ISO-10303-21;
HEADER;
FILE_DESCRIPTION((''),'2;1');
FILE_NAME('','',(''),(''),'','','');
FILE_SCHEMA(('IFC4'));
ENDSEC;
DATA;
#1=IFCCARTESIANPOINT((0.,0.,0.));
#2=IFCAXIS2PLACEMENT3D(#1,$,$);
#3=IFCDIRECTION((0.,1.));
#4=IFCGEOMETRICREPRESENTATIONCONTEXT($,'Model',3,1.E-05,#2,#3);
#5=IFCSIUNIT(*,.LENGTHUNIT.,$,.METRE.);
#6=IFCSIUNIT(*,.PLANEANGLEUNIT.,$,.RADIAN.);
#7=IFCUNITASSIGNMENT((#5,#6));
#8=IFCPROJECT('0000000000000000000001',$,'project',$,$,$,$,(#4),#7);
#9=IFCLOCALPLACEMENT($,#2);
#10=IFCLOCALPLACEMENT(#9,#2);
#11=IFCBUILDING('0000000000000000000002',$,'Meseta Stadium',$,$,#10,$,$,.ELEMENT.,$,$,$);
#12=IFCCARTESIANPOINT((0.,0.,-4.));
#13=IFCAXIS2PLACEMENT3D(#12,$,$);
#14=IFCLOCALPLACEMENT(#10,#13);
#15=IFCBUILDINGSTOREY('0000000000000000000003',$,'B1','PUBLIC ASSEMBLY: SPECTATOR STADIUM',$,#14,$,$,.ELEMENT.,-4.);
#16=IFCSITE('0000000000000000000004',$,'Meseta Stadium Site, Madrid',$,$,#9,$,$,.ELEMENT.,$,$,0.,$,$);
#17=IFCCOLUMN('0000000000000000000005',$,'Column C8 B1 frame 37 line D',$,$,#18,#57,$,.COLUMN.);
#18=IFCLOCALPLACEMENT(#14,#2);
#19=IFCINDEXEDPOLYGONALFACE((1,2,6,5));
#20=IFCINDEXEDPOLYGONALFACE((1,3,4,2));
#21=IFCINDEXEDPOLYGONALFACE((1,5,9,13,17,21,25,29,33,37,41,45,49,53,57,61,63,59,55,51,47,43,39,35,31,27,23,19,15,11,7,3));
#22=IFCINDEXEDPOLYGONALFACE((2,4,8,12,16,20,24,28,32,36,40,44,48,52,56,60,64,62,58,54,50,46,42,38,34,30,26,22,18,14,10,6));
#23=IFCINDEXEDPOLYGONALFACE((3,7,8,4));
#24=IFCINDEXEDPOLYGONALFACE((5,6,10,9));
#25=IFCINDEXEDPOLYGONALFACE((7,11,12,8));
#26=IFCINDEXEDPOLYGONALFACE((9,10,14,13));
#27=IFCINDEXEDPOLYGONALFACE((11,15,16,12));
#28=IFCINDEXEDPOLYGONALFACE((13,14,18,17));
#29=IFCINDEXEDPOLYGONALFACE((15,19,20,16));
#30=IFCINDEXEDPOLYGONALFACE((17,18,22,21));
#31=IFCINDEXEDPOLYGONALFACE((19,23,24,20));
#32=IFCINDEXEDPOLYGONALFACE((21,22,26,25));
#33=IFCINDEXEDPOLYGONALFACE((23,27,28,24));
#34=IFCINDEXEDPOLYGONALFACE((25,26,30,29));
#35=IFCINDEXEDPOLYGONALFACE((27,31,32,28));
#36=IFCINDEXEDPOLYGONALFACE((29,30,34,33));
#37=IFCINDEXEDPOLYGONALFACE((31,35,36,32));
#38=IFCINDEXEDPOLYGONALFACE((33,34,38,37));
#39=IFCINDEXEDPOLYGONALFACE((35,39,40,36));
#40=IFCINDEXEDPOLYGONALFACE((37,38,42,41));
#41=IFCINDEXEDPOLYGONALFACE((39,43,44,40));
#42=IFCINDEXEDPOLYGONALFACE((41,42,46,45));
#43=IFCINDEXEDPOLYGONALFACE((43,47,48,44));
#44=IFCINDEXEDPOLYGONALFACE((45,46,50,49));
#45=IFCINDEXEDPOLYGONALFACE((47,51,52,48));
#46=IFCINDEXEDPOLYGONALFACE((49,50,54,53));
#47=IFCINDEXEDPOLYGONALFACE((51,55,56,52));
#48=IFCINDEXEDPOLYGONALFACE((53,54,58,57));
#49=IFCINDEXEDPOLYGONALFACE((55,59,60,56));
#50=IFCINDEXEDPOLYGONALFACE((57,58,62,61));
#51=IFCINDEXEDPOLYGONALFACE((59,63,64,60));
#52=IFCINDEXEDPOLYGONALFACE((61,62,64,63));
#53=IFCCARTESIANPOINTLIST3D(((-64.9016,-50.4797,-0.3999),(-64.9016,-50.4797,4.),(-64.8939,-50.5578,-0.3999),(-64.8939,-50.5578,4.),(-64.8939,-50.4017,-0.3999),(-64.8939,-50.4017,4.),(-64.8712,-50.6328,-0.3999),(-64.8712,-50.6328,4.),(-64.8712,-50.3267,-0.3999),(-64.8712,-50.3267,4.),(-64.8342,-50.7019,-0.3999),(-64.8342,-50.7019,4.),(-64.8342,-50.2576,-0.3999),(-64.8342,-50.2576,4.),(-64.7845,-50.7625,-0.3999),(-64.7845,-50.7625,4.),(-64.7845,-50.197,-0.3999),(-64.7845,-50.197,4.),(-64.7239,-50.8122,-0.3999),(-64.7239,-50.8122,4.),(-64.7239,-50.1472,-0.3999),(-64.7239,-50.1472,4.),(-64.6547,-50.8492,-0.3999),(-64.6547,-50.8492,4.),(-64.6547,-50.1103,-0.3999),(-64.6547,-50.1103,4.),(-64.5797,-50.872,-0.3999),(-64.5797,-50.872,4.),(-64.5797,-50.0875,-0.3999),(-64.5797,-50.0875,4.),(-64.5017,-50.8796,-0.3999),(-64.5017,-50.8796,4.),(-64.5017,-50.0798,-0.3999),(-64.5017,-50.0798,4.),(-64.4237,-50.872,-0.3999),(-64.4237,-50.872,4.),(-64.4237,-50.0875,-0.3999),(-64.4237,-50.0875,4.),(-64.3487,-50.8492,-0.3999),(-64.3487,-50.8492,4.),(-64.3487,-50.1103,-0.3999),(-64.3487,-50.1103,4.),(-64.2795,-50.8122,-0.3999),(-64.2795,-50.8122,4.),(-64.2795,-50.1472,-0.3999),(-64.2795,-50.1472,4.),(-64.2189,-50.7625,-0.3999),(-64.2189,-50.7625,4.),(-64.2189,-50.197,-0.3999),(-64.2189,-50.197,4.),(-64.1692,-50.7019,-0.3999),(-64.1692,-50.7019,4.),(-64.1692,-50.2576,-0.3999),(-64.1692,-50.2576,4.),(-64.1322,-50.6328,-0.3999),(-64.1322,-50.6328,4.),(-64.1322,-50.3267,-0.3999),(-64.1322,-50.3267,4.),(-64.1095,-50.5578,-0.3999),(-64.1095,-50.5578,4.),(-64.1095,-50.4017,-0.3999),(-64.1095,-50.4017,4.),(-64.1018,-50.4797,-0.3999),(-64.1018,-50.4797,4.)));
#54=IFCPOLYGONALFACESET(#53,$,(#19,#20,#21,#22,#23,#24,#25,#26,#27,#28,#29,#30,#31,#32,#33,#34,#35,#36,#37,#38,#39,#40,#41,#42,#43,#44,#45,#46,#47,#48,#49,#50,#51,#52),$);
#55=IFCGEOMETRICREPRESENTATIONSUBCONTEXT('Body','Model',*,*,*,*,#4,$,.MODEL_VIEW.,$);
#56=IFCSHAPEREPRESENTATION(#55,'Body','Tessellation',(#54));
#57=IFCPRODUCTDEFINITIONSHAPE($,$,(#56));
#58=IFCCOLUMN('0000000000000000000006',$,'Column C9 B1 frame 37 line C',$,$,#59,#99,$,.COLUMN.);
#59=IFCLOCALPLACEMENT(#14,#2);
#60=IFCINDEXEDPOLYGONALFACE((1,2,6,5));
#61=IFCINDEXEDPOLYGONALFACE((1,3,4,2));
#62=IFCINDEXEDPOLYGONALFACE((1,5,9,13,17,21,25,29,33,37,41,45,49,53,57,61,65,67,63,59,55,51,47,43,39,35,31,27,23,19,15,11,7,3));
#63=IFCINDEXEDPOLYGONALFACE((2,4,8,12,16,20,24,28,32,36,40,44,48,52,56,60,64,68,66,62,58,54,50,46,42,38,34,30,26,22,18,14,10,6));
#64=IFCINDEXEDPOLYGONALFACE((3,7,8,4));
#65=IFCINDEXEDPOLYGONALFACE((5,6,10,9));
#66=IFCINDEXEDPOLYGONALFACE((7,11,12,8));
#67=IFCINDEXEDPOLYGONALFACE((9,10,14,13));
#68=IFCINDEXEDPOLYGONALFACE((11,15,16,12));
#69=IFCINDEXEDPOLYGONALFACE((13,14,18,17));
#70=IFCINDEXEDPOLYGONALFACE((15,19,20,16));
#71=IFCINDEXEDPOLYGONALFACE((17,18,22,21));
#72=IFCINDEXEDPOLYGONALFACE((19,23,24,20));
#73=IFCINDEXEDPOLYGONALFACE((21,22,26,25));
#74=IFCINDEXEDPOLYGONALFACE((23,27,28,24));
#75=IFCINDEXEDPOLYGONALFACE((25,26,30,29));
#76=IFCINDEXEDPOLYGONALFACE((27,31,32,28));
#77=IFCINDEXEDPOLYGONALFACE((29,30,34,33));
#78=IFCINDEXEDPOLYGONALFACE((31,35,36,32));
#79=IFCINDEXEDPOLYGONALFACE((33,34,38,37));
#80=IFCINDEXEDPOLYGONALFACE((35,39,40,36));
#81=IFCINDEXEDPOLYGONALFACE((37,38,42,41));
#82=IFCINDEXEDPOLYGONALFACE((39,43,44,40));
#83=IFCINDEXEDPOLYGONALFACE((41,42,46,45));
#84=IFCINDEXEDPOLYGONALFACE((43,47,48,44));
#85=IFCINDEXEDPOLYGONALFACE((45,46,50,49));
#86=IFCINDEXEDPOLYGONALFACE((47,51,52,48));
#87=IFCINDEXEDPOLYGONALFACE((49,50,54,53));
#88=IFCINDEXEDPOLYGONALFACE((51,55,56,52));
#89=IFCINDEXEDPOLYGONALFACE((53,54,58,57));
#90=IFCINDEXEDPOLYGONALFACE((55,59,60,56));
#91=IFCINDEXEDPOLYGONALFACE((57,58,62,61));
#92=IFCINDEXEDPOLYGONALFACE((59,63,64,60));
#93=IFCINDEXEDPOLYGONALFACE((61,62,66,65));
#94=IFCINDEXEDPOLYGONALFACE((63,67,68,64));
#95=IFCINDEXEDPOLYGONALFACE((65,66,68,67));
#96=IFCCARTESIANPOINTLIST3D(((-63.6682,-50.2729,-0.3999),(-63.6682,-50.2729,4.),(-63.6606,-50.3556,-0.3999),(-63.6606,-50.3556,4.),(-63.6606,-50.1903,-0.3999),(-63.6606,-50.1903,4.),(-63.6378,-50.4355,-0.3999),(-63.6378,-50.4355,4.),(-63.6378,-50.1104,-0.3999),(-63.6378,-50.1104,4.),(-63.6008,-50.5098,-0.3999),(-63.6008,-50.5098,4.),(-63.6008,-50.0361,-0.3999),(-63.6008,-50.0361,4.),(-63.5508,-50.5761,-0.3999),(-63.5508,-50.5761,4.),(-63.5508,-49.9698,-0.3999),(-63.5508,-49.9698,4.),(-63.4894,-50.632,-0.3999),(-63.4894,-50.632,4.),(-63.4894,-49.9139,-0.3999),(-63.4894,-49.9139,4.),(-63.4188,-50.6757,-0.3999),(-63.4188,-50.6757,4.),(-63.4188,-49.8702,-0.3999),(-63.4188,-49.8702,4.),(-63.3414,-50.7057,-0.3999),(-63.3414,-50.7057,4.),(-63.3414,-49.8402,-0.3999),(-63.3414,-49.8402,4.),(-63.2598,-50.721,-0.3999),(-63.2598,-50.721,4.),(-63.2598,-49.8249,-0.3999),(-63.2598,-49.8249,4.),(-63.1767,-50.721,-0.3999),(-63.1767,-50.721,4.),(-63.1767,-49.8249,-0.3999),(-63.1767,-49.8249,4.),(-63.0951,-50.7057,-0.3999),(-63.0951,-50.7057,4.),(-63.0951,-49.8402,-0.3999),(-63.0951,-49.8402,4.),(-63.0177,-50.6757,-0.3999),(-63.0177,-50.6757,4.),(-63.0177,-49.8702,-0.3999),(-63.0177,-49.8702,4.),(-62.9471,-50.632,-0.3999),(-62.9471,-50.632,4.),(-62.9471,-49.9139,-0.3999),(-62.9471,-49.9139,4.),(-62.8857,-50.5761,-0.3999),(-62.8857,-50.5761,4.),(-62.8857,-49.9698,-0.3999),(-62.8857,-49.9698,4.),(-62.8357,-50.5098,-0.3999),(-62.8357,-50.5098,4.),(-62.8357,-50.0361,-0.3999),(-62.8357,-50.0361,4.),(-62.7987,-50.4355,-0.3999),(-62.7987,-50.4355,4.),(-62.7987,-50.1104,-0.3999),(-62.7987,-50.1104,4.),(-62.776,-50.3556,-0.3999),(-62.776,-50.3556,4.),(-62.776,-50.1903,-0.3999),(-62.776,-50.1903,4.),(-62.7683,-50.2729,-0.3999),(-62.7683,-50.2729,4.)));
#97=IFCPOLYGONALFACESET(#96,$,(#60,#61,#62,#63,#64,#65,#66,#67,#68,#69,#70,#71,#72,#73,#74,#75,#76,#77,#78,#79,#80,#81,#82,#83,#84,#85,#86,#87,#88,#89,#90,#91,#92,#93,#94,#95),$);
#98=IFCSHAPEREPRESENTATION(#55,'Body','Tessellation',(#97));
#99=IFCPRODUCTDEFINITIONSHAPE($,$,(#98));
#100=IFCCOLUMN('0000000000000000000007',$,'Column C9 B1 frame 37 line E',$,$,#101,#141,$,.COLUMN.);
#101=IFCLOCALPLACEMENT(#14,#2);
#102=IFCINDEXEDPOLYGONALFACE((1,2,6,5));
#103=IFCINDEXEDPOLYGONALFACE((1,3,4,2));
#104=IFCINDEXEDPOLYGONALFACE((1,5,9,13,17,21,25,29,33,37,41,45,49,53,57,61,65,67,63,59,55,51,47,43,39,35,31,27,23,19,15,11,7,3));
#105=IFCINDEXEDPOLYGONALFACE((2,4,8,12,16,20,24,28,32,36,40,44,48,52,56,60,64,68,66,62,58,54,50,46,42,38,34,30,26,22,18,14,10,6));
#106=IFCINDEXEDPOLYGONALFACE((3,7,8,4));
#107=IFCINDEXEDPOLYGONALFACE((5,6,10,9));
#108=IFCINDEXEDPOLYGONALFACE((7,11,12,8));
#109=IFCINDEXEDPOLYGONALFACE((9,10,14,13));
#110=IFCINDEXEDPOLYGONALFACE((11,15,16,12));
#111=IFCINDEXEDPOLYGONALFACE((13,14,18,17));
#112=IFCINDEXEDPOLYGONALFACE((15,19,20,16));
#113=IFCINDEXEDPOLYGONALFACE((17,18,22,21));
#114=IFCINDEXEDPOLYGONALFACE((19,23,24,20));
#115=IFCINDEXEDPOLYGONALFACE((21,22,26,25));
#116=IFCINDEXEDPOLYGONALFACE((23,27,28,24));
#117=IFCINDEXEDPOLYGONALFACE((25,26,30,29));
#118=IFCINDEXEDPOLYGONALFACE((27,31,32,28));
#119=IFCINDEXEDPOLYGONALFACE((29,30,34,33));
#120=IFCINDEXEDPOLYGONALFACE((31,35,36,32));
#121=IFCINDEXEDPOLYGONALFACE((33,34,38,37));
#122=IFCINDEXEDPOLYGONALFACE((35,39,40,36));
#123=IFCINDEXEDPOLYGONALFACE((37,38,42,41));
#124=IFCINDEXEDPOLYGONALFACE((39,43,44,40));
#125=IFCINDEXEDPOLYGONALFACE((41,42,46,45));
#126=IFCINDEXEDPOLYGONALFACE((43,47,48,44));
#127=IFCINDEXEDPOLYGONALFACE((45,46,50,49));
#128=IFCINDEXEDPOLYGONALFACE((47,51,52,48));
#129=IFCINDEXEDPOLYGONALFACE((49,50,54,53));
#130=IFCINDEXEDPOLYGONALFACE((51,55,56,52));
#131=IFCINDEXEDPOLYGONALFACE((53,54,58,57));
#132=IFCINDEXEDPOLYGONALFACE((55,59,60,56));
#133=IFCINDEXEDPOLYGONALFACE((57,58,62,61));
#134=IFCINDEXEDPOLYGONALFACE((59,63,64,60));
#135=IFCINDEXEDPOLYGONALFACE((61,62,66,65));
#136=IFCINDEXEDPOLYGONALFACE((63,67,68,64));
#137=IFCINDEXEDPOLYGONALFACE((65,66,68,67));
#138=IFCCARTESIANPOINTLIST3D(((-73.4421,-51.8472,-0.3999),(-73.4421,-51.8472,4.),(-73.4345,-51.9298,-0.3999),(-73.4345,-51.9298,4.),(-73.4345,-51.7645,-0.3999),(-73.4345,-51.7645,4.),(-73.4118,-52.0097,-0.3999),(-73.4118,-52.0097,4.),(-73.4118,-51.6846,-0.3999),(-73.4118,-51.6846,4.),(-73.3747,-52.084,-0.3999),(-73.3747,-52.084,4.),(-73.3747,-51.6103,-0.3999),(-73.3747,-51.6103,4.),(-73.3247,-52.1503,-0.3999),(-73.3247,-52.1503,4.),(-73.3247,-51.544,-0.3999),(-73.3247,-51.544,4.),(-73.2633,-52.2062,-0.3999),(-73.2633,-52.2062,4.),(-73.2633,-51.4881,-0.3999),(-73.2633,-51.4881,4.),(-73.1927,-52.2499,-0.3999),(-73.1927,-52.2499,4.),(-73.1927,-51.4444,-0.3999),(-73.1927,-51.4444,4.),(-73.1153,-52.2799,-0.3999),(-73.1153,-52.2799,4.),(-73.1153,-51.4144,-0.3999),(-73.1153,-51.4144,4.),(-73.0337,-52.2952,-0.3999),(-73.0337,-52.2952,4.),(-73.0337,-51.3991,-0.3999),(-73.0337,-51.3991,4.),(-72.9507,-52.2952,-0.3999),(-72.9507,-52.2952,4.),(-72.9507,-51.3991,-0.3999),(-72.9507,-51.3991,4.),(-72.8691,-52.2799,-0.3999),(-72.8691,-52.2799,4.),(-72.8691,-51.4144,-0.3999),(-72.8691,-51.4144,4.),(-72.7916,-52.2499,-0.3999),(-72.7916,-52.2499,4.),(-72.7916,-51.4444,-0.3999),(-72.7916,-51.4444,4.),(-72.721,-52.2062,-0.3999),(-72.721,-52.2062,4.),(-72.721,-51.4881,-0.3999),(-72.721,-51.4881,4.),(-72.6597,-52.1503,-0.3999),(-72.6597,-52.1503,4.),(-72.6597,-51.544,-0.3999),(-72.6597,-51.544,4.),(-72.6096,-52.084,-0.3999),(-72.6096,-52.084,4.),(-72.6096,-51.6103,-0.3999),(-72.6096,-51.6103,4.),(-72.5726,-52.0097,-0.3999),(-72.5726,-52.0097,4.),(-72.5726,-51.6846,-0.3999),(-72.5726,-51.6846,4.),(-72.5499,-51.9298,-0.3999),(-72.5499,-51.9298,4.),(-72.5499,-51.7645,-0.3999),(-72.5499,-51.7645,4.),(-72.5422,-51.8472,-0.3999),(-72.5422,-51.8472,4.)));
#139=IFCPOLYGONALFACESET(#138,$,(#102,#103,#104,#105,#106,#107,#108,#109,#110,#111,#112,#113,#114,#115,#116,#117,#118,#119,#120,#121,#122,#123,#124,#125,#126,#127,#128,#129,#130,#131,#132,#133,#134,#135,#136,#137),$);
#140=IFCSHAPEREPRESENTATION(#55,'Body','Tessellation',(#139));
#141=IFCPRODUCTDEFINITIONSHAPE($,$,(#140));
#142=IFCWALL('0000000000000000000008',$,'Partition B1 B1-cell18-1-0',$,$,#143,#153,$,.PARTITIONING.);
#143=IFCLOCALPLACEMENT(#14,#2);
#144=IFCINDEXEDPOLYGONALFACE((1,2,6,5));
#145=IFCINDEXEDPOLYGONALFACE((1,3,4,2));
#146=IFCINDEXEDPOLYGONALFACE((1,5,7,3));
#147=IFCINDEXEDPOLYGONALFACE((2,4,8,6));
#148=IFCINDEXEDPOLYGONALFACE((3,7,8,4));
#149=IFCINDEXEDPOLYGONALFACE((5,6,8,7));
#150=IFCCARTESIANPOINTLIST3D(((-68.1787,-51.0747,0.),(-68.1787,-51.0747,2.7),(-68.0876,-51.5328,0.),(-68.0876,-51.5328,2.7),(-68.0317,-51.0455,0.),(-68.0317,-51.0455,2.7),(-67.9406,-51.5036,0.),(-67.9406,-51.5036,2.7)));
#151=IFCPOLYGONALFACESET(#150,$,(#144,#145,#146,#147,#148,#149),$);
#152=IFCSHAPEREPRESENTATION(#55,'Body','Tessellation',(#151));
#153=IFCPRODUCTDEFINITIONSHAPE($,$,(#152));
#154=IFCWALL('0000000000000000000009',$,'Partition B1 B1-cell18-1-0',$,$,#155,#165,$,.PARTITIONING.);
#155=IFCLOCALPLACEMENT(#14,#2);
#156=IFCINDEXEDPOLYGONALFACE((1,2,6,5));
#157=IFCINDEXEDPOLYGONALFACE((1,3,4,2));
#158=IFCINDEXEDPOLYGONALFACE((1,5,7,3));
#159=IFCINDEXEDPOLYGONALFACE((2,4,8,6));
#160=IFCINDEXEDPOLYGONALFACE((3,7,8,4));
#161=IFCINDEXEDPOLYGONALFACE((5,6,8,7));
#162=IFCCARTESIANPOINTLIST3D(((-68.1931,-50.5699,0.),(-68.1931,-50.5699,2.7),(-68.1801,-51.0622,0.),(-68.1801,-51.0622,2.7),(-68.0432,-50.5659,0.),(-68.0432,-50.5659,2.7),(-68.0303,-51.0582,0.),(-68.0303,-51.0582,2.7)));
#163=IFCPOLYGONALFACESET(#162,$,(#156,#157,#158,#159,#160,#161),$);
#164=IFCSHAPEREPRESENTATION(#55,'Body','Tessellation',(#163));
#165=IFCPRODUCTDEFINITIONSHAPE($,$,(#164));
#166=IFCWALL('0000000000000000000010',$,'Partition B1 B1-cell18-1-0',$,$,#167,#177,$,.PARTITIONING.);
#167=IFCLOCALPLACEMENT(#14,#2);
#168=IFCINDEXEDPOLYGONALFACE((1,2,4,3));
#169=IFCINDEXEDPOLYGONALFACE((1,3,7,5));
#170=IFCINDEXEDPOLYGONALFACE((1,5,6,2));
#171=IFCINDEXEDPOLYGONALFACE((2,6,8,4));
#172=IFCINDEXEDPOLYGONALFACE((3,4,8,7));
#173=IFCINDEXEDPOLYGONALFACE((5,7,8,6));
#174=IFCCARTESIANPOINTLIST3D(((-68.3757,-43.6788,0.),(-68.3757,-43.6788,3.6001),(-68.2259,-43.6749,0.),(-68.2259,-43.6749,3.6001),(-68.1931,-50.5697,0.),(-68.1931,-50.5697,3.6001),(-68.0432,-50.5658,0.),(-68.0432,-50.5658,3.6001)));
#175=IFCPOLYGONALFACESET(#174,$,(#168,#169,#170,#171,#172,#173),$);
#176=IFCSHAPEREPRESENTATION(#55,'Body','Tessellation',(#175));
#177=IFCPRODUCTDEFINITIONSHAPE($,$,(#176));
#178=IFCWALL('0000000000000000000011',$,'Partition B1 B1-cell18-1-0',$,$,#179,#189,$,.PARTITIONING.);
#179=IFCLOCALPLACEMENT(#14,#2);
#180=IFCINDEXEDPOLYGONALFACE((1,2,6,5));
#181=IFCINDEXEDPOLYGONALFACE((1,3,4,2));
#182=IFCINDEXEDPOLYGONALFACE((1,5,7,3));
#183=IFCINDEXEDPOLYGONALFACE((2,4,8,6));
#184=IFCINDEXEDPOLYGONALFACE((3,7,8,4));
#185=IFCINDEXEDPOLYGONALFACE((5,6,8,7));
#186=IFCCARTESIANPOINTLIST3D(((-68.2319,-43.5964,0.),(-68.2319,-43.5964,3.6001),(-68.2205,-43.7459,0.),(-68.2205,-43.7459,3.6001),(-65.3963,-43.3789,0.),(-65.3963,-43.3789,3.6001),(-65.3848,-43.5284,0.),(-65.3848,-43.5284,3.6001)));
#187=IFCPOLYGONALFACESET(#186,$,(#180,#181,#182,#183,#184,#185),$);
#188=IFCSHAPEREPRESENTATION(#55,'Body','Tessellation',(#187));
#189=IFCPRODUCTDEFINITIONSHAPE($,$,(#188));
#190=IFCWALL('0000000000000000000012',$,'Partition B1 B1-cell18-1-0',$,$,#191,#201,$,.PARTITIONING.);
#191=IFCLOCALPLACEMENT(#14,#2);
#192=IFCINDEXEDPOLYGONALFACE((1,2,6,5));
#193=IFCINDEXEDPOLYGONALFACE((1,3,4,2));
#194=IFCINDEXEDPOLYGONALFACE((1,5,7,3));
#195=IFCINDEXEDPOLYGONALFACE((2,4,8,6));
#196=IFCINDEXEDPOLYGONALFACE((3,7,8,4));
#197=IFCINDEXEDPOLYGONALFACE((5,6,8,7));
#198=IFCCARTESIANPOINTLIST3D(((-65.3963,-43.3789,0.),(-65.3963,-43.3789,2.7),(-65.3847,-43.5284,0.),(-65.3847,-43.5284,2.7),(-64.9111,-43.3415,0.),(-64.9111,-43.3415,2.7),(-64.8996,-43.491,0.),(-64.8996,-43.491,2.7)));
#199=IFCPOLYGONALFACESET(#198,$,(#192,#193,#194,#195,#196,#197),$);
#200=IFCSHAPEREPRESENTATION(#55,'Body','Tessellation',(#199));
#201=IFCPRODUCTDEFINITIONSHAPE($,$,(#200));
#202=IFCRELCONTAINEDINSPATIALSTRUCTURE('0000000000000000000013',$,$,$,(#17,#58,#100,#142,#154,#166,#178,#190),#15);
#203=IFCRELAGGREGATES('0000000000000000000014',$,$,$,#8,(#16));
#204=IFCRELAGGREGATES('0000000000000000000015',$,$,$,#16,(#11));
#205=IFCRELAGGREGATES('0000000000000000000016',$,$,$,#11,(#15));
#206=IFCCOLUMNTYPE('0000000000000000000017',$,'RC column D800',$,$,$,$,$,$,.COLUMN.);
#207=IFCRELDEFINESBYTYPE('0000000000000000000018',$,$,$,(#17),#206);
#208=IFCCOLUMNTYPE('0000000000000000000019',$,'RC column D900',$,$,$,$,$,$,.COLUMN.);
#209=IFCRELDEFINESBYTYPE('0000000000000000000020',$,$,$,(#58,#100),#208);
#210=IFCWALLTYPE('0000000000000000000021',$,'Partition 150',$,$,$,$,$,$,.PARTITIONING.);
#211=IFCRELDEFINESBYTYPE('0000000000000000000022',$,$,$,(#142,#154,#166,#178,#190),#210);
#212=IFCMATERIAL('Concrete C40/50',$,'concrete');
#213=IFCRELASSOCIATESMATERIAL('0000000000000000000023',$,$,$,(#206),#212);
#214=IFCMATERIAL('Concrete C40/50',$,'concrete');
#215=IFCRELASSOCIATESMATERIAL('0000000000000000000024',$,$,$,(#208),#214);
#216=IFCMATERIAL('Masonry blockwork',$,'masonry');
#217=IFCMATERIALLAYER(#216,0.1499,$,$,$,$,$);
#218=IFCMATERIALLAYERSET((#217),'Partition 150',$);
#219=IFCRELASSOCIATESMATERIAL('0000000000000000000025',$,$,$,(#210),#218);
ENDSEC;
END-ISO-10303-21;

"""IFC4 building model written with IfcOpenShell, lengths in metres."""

from ifc_helpers import new_model, si_unit, direction, frame, frame_2d, origin, origin_2d, place, context, subcontext, project, spatial, rectangle, circle, extrude, material, layer, layer_set, material_profile, profile_set, type_object, element, save


model = new_model("IFC4")

# Units and contexts
model_context = context("Model", 3, precision=1e-05, world=origin(), true_north=direction((0.0, 1.0)))
body_context = subcontext(model_context, "Body", "Model", "MODEL_VIEW")
ifc_project = project(units=[si_unit("LENGTHUNIT", "METRE"), si_unit("PLANEANGLEUNIT", "RADIAN")], contexts=[model_context])

# Site, building, storey
site_placement = place(None, origin())
site = spatial("IfcSite", under=ifc_project, at=site_placement, Name="Meseta Stadium Site, Madrid", CompositionType="ELEMENT", RefElevation=0.0)
building_placement = place(site_placement, origin())
building = spatial("IfcBuilding", under=site, at=building_placement, Name="Meseta Stadium", CompositionType="ELEMENT")
storey_placement = place(building_placement, frame((0.0, 0.0, -4.0)))
storey = spatial("IfcBuildingStorey", under=building, at=storey_placement, Name="B1", Description="PUBLIC ASSEMBLY: SPECTATOR STADIUM", CompositionType="ELEMENT", Elevation=-4.0)

# Columns
ifc_material_1 = material(Name="Concrete C40/50", Category="concrete")
ifc_material_profile_1 = material_profile(ifc_material_1, circle(Radius=0.3999, at=origin_2d()), Name="RC D800")
ifc_profile_set_1 = profile_set([ifc_material_profile_1], Name="Concrete C40/50")
column_type_1 = type_object("IfcColumnType", Name="RC column D800", PredefinedType="COLUMN", material=ifc_profile_set_1)
column_placement = place(storey_placement, frame((-64.5017, -50.4797, -0.3999), z_axis=(0.0, 0.0, 1.0), x_axis=(1.0, 0.0, 0.0)))
element("IfcColumn", 1, at=column_placement, inside=storey, type_object=column_type_1, Name="Column C8 B1 frame 37 line D", PredefinedType="COLUMN", context=body_context, shape_type="SweptSolid", body=[
    extrude(circle(Radius=0.3999, at=origin_2d()), origin(), (0.0, 0.0, 1.0), 4.3999),
])
ifc_material_2 = material(Name="Concrete C40/50", Category="concrete")
ifc_material_profile_2 = material_profile(ifc_material_2, circle(Radius=0.45, at=origin_2d()), Name="RC D900")
ifc_profile_set_2 = profile_set([ifc_material_profile_2], Name="Concrete C40/50")
column_type_2 = type_object("IfcColumnType", Name="RC column D900", PredefinedType="COLUMN", material=ifc_profile_set_2)
for number, where, z_axis, x_axis, name in (
    (2, (-63.2183, -50.2729, -0.3999), (0.0, 0.0, 1.0), (1.0, 0.0, 0.0), "Column C9 B1 frame 37 line C"),
    (3, (-72.9922, -51.8472, -0.3999), (0.0, 0.0, 1.0), (1.0, 0.0, 0.0), "Column C9 B1 frame 37 line E"),
):
    element("IfcColumn", number, at=place(storey_placement, frame(where, z_axis=z_axis, x_axis=x_axis)), inside=storey, type_object=column_type_2, Name=name, PredefinedType="COLUMN", context=body_context, shape_type="SweptSolid", body=[
        extrude(circle(Radius=0.45, at=origin_2d()), origin(), (0.0, 0.0, 1.0), 4.3999),
    ])

# Walls
ifc_material_3 = material(Name="Masonry blockwork", Category="masonry")
ifc_layer = layer(ifc_material_3, 0.1499)
ifc_layer_set = layer_set([ifc_layer], Name="Partition 150")
wall_type = type_object("IfcWallType", Name="Partition 150", PredefinedType="PARTITIONING", material=ifc_layer_set)
wall_1_placement = place(storey_placement, frame((-68.0142, -51.5181, 0.0), z_axis=(0.0, 0.0, 1.0), x_axis=(-0.19501, 0.980801, 0.0)))
element("IfcWall", 4, at=wall_1_placement, inside=storey, type_object=wall_type, Name="Partition B1 B1-cell18-1-0", PredefinedType="PARTITIONING", context=body_context, shape_type="SweptSolid", body=[
    extrude(rectangle(XDim=0.467, YDim=0.1499, at=frame_2d((0.2334, 0.0))), origin(), (0.0, 0.0, 1.0), 2.7),
])
wall_2_placement = place(storey_placement, frame((-68.1052, -51.0601, 0.0), z_axis=(0.0, 0.0, 1.0), x_axis=(-0.026281, 0.999655, 0.0)))
element("IfcWall", 5, at=wall_2_placement, inside=storey, type_object=wall_type, Name="Partition B1 B1-cell18-1-0", PredefinedType="PARTITIONING", context=body_context, shape_type="SweptSolid", body=[
    extrude(rectangle(XDim=0.4924, YDim=0.1499, at=frame_2d((0.2461, 0.0))), origin(), (0.0, 0.0, 1.0), 2.7),
])
wall_3_placement = place(storey_placement, frame((-68.1182, -50.5679, 0.0), z_axis=(0.0, 0.0, 1.0), x_axis=(-0.026492, 0.999649, 0.0)))
element("IfcWall", 6, at=wall_3_placement, inside=storey, type_object=wall_type, Name="Partition B1 B1-cell18-1-0", PredefinedType="PARTITIONING", context=body_context, shape_type="SweptSolid", body=[
    extrude(rectangle(XDim=6.8933, YDim=0.1499, at=frame_2d((3.4468, 0.0))), origin(), (0.0, 0.0, 1.0), 3.6001),
])
wall_4_placement = place(storey_placement, frame((-68.2261, -43.6711, 0.0), z_axis=(0.0, 0.0, 1.0), x_axis=(0.997071, 0.076486, 0.0)))
element("IfcWall", 7, at=wall_4_placement, inside=storey, type_object=wall_type, Name="Partition B1 B1-cell18-1-0", PredefinedType="PARTITIONING", context=body_context, shape_type="SweptSolid", body=[
    extrude(rectangle(XDim=2.844, YDim=0.1499, at=frame_2d((1.4219, 0.0))), origin(), (0.0, 0.0, 1.0), 3.6001),
])
for number, where, z_axis, x_axis, name in (
    (8, (-65.3904, -43.4536, 0.0), (0.0, 0.0, 1.0), (0.997049, 0.076773, 0.0), "Partition B1 B1-cell18-1-0"),
):
    element("IfcWall", number, at=place(storey_placement, frame(where, z_axis=z_axis, x_axis=x_axis)), inside=storey, type_object=wall_type, Name=name, PredefinedType="PARTITIONING", context=body_context, shape_type="SweptSolid", body=[
        extrude(rectangle(XDim=0.4866, YDim=0.1499, at=frame_2d((0.2432, 0.0))), origin(), (0.0, 0.0, 1.0), 2.7),
    ])

save(model, "model.ifc")
